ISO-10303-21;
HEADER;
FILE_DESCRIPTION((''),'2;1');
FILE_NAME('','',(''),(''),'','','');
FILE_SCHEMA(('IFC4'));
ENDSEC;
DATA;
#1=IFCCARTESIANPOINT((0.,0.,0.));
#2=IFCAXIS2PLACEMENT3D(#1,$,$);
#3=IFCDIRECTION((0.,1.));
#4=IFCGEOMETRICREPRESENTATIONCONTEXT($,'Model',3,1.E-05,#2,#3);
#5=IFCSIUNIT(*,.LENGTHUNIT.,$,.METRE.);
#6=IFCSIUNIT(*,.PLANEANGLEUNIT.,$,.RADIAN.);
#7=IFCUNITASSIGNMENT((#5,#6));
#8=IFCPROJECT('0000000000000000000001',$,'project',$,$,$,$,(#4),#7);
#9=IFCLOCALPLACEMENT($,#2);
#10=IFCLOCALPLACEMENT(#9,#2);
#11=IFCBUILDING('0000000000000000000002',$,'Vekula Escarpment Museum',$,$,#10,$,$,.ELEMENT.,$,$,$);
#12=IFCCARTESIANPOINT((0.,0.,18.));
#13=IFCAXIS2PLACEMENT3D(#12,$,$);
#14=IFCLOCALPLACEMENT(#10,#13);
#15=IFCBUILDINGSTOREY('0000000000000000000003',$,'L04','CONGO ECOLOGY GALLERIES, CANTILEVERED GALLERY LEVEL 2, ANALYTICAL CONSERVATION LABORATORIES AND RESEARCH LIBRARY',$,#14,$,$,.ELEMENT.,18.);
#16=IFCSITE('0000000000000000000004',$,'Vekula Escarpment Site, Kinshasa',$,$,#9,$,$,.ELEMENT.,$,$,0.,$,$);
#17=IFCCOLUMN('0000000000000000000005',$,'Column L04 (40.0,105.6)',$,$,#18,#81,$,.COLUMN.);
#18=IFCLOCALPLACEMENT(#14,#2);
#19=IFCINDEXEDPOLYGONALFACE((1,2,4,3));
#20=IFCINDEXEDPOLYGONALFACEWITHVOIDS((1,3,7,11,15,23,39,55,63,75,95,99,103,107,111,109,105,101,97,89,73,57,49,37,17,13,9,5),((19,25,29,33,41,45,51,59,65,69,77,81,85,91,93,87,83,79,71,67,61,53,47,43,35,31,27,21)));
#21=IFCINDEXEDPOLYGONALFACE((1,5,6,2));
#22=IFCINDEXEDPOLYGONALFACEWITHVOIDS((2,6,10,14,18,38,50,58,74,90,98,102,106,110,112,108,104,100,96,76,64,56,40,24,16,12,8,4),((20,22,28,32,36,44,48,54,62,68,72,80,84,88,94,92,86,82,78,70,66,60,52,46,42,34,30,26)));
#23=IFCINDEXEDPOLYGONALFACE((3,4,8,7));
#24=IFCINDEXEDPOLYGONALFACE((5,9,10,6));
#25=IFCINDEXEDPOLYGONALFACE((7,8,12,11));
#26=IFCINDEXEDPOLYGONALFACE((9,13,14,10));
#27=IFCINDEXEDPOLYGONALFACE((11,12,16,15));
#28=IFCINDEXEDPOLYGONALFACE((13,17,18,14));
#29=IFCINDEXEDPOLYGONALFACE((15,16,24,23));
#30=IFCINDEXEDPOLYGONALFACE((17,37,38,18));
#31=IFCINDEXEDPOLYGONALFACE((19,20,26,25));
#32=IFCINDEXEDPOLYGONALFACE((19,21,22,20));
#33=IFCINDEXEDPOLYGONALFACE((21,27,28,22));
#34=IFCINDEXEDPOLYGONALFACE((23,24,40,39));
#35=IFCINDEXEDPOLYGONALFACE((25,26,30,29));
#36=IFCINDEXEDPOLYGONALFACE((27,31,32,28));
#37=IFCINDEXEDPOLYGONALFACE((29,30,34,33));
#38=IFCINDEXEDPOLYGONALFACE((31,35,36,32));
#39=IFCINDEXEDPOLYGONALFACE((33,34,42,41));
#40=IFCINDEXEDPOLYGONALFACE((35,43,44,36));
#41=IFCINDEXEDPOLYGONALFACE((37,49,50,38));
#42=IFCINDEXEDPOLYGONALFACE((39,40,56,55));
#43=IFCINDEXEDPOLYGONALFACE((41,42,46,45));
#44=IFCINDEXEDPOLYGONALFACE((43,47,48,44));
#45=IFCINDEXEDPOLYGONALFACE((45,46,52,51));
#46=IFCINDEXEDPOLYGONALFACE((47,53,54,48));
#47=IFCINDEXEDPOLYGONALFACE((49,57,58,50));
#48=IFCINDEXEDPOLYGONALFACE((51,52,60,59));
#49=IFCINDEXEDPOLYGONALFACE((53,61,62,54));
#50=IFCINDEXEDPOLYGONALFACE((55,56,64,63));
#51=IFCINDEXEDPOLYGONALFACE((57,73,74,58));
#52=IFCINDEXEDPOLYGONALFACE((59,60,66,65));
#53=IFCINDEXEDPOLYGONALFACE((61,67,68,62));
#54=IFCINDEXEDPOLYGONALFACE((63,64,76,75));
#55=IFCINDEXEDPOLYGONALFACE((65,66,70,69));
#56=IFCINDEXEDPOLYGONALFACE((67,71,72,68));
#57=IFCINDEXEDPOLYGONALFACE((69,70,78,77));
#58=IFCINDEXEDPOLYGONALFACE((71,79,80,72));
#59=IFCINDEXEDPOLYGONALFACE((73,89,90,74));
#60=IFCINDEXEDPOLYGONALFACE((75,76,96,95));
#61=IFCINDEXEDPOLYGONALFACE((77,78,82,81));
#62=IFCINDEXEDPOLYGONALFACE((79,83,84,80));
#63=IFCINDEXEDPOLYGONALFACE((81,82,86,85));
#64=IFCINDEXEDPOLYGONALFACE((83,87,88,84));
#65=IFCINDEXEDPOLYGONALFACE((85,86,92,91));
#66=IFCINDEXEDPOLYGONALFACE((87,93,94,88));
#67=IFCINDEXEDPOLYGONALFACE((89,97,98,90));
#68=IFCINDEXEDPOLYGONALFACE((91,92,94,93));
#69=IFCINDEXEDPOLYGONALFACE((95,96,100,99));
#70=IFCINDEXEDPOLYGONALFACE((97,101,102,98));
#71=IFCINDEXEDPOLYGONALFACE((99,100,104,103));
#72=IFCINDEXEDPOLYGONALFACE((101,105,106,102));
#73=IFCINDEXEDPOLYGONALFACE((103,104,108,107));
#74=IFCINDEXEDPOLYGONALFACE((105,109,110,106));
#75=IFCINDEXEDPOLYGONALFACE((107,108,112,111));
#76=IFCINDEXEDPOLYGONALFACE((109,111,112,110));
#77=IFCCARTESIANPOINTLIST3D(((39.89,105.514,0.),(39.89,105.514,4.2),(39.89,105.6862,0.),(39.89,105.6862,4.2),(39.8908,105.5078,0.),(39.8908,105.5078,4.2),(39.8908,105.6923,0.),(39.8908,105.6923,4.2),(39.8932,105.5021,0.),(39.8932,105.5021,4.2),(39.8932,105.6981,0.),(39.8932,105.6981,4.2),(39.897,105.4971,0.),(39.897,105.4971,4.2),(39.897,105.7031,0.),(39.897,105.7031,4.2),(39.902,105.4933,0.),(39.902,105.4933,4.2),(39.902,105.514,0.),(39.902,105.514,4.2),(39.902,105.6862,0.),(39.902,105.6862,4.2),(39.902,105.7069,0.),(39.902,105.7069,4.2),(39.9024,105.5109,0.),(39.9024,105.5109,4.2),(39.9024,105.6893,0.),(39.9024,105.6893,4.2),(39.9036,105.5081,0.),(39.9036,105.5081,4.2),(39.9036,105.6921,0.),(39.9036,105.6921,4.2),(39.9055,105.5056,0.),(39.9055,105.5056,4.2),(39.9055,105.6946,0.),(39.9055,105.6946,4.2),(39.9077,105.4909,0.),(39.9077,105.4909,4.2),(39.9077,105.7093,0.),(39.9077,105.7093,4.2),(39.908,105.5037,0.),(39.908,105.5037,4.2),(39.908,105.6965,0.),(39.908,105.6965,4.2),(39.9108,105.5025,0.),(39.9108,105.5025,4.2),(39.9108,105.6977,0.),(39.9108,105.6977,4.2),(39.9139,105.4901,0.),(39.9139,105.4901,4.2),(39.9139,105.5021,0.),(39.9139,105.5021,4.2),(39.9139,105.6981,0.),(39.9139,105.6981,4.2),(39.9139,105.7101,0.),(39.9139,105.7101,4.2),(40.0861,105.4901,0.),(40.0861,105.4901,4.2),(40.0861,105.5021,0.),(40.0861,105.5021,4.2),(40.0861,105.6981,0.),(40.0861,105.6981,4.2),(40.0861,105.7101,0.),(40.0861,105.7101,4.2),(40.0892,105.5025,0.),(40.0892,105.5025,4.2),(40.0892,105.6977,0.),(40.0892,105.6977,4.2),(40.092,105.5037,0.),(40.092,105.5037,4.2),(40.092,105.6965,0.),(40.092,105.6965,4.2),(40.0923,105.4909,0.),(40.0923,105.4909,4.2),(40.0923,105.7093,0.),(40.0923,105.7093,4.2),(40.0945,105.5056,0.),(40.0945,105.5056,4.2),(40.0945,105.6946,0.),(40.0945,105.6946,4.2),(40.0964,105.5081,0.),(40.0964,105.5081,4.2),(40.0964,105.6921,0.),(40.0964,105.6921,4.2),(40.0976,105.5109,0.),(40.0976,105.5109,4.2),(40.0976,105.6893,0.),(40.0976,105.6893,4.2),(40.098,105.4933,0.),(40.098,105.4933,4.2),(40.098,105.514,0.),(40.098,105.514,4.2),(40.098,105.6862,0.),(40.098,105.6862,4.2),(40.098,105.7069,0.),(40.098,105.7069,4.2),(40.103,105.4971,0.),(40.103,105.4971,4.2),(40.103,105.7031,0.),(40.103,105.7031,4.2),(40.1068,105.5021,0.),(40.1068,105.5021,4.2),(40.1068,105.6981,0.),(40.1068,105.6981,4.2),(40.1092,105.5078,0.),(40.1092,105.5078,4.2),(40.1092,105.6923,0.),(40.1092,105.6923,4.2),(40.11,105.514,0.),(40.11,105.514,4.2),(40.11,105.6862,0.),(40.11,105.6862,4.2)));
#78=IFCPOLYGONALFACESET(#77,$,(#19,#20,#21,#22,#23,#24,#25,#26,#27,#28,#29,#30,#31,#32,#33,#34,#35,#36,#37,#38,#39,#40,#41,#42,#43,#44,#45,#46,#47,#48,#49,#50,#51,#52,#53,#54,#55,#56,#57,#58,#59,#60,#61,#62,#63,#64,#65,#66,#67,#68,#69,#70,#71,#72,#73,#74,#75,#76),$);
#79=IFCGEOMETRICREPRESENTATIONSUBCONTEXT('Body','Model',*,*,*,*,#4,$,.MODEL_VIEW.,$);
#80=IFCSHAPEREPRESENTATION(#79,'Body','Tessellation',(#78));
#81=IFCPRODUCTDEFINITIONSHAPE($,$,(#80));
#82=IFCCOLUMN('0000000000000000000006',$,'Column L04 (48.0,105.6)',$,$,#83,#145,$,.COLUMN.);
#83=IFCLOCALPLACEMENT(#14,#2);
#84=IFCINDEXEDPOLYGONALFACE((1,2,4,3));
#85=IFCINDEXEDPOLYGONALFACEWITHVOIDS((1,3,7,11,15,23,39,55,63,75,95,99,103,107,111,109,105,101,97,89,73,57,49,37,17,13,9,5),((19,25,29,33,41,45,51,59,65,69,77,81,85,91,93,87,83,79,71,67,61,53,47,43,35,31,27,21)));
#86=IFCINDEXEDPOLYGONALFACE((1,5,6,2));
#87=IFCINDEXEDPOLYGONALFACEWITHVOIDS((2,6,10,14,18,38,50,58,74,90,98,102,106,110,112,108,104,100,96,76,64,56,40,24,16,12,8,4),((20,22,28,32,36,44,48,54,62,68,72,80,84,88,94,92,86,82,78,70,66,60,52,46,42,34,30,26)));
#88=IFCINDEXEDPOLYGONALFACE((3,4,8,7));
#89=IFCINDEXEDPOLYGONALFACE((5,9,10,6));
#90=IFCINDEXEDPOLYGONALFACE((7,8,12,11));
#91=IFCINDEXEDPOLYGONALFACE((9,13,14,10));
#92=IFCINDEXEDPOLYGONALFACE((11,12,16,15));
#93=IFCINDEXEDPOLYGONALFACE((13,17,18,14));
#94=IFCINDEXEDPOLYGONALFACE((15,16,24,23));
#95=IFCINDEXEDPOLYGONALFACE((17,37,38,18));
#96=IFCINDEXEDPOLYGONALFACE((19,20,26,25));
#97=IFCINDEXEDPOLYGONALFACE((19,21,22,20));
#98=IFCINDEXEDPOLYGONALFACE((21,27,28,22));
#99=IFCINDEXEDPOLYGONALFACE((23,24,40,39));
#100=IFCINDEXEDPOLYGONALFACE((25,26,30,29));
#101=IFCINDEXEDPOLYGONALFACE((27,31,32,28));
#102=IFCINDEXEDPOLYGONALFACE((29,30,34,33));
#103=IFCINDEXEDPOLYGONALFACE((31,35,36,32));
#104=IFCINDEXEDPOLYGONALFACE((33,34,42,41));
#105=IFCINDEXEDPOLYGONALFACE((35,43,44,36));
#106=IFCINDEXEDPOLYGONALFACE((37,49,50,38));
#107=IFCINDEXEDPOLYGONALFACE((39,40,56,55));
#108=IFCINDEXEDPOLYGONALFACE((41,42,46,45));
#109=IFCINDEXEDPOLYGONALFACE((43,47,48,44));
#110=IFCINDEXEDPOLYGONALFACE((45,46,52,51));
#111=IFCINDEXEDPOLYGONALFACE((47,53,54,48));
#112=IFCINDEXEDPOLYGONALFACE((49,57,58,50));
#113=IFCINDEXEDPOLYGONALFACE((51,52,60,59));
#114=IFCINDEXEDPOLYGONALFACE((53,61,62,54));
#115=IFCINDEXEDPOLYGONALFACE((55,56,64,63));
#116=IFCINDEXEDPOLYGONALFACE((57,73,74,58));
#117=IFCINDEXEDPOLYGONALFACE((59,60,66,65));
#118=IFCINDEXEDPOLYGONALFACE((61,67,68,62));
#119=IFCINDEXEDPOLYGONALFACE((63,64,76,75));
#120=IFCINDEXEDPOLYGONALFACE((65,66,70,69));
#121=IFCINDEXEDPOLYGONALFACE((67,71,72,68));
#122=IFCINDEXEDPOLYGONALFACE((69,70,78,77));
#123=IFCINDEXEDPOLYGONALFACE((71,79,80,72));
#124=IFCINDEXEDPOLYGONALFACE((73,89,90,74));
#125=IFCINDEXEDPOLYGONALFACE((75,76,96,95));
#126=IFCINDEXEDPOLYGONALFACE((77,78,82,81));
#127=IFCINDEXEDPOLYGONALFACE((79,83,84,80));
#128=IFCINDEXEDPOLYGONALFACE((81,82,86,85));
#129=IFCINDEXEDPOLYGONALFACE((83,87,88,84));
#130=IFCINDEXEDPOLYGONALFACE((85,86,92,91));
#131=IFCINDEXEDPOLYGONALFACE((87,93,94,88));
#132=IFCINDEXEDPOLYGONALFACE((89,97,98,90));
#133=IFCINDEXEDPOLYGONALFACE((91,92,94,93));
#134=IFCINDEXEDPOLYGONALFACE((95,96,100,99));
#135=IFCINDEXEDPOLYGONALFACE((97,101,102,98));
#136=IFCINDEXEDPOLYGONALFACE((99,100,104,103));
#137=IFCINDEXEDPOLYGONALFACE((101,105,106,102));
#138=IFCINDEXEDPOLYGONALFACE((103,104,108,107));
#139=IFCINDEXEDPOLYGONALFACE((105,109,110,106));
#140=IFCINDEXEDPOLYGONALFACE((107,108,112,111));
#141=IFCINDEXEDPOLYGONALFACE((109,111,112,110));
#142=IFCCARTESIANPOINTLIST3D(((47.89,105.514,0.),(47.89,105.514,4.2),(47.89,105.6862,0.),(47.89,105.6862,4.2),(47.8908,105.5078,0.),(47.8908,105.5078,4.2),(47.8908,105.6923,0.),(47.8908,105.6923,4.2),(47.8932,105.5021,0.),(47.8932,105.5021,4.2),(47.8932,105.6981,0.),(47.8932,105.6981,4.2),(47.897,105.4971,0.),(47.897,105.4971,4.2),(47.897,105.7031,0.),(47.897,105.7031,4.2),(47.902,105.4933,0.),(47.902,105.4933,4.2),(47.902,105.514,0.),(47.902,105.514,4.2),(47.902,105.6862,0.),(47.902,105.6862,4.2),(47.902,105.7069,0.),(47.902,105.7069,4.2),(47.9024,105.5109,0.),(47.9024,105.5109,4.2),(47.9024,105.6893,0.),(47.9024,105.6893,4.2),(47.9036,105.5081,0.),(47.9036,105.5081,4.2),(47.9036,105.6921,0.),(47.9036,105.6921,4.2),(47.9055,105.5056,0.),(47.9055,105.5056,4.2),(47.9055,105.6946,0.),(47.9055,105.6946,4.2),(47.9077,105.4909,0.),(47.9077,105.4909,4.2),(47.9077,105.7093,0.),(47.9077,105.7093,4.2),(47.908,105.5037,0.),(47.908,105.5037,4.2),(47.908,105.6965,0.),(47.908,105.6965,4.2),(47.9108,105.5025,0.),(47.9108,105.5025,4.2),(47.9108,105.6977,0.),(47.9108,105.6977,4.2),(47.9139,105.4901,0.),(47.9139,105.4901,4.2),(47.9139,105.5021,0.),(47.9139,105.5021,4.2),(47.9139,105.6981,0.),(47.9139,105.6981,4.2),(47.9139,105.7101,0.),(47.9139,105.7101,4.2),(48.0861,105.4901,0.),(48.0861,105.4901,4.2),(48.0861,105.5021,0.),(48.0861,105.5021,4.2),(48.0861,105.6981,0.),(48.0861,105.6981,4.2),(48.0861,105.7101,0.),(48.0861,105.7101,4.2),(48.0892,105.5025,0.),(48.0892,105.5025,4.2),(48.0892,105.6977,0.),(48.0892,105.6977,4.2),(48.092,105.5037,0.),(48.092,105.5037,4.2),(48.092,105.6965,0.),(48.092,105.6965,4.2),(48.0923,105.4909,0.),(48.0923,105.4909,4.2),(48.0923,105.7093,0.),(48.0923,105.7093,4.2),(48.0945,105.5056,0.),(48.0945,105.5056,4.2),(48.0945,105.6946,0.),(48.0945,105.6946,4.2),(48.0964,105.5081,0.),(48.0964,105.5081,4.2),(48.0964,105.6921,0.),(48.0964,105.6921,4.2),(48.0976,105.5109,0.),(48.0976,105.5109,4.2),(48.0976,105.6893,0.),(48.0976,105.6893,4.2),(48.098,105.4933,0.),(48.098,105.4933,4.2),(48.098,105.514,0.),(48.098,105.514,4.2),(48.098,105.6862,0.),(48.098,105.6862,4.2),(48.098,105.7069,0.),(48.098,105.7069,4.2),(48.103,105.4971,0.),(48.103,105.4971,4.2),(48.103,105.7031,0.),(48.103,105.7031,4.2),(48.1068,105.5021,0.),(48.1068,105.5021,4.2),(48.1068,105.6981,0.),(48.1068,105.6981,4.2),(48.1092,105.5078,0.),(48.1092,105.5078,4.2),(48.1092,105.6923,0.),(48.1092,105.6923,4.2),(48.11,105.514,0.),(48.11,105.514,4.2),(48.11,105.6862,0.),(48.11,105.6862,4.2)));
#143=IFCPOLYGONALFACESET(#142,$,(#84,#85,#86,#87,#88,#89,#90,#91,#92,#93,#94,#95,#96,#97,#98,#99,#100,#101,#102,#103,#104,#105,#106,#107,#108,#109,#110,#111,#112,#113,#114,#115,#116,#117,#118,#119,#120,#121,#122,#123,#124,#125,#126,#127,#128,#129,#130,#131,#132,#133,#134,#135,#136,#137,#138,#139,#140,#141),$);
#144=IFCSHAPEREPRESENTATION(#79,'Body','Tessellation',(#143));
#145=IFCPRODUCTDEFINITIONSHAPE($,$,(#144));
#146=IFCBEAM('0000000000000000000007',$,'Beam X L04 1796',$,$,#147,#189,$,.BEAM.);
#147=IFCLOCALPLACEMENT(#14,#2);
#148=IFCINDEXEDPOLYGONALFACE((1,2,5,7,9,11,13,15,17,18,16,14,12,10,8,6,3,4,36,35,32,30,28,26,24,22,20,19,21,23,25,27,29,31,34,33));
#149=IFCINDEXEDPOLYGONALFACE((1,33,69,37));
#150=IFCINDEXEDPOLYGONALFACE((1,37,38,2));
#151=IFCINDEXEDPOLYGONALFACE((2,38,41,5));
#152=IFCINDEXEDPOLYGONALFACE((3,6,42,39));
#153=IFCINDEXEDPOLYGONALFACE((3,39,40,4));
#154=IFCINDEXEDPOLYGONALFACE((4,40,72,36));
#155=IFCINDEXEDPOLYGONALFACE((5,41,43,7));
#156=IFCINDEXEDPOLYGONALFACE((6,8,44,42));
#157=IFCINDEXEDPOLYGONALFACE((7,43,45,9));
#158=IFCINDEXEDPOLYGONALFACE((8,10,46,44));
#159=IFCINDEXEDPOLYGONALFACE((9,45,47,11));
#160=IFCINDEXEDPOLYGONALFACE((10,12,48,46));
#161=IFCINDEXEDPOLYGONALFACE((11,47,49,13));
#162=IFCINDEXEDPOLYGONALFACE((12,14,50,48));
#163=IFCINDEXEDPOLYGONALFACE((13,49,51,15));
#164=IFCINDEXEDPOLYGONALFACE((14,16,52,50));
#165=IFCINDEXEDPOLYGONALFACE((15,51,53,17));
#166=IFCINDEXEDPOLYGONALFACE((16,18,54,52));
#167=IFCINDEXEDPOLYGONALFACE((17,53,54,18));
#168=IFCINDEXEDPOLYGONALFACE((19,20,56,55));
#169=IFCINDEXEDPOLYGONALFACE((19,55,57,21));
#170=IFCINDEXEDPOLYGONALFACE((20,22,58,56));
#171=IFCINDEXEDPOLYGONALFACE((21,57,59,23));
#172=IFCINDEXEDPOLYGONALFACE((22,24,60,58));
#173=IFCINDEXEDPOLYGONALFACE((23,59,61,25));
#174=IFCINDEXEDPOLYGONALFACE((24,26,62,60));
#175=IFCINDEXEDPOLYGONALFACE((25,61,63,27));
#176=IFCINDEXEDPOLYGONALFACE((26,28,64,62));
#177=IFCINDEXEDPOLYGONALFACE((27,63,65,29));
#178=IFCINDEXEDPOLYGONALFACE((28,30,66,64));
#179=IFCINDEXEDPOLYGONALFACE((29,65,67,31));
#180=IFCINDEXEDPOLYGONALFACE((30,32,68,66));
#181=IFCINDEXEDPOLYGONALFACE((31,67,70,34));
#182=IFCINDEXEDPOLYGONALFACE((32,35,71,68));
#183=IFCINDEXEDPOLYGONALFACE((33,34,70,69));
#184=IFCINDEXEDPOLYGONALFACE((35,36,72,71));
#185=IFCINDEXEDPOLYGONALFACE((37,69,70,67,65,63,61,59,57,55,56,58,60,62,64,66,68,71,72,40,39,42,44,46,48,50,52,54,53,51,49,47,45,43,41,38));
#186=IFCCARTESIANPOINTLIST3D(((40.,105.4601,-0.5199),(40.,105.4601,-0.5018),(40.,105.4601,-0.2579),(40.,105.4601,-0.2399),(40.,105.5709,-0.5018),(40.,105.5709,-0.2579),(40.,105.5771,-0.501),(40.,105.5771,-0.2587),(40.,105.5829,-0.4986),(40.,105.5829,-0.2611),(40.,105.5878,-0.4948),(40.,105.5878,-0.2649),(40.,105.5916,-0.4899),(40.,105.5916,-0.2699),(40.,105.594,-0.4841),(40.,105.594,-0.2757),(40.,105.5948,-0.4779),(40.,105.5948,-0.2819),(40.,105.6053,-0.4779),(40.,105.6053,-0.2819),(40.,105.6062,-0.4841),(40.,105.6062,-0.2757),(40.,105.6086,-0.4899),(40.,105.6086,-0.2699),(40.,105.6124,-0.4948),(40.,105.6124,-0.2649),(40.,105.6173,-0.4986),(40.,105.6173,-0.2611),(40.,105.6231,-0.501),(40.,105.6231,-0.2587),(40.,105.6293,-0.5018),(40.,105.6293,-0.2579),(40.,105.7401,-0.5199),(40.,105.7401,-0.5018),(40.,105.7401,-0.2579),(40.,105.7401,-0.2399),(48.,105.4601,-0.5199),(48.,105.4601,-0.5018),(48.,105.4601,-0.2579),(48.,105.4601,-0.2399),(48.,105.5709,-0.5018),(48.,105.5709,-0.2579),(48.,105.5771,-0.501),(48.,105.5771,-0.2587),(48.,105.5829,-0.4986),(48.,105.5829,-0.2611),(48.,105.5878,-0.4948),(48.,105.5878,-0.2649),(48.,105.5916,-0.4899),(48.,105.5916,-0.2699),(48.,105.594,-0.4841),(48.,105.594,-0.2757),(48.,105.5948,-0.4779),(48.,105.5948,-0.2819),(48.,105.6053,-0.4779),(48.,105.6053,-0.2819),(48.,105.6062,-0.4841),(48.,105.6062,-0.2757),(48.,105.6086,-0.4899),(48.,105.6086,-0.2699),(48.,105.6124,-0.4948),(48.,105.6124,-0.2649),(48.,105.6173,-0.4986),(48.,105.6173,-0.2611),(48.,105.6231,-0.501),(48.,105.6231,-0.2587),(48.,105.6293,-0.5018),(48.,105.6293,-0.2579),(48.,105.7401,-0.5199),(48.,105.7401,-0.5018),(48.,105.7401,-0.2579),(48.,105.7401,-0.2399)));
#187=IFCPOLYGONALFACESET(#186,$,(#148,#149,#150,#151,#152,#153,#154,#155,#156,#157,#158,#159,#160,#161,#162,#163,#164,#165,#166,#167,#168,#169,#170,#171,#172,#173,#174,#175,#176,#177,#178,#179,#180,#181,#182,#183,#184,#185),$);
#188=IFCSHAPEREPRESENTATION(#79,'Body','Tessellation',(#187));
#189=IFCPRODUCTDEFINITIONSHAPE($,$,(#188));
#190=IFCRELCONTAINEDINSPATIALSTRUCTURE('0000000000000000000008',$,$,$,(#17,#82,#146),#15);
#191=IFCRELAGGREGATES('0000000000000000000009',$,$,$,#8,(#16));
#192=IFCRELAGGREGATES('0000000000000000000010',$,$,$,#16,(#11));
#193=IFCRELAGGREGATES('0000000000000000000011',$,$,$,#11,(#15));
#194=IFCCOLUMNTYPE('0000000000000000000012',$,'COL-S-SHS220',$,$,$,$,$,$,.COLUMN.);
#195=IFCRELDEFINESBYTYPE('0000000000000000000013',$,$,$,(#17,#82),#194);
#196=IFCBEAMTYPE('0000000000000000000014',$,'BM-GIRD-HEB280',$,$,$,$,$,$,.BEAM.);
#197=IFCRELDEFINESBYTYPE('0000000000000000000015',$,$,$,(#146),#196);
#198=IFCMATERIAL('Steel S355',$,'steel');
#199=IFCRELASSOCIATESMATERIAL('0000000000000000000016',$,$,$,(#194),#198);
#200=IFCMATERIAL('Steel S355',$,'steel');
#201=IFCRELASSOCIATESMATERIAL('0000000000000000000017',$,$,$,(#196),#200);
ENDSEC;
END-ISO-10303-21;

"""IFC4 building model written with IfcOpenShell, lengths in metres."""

from ifc_helpers import new_model, si_unit, direction, frame, origin, origin_2d, place, context, subcontext, project, spatial, hollow_rectangle, i_section, extrude, material, material_profile, profile_set, type_object, element, save


model = new_model("IFC4")

# Units and contexts
model_context = context("Model", 3, precision=1e-05, world=origin(), true_north=direction((0.0, 1.0)))
body_context = subcontext(model_context, "Body", "Model", "MODEL_VIEW")
ifc_project = project(units=[si_unit("LENGTHUNIT", "METRE"), si_unit("PLANEANGLEUNIT", "RADIAN")], contexts=[model_context])

# Site, building, storey
site_placement = place(None, origin())
site = spatial("IfcSite", under=ifc_project, at=site_placement, Name="Vekula Escarpment Site, Kinshasa", CompositionType="ELEMENT", RefElevation=0.0)
building_placement = place(site_placement, origin())
building = spatial("IfcBuilding", under=site, at=building_placement, Name="Vekula Escarpment Museum", CompositionType="ELEMENT")
storey_placement = place(building_placement, frame((0.0, 0.0, 18.0)))
storey = spatial("IfcBuildingStorey", under=building, at=storey_placement, Name="L04", Description="CONGO ECOLOGY GALLERIES, CANTILEVERED GALLERY LEVEL 2, ANALYTICAL CONSERVATION LABORATORIES AND RESEARCH LIBRARY", CompositionType="ELEMENT", Elevation=18.0)

# Columns
ifc_material_1 = material(Name="Steel S355", Category="steel")
ifc_material_profile_1 = material_profile(ifc_material_1, hollow_rectangle(XDim=0.22, YDim=0.22, WallThickness=0.012, InnerFilletRadius=0.012, OuterFilletRadius=0.0239, at=origin_2d()), Name="SHS 220x220x12")
ifc_profile_set_1 = profile_set([ifc_material_profile_1], Name="Steel S355")
column_type = type_object("IfcColumnType", Name="COL-S-SHS220", PredefinedType="COLUMN", material=ifc_profile_set_1)
for number, where, z_axis, x_axis, name in (
    (1, (40.0, 105.6001, 0.0), (0.0, 0.0, 1.0), (1.0, 0.0, 0.0), "Column L04 (40.0,105.6)"),
    (2, (48.0, 105.6001, 0.0), (0.0, 0.0, 1.0), (1.0, 0.0, 0.0), "Column L04 (48.0,105.6)"),
):
    element("IfcColumn", number, at=place(storey_placement, frame(where, z_axis=z_axis, x_axis=x_axis)), inside=storey, type_object=column_type, Name=name, PredefinedType="COLUMN", context=body_context, shape_type="SweptSolid", body=[
        extrude(hollow_rectangle(XDim=0.22, YDim=0.22, WallThickness=0.012, InnerFilletRadius=0.012, OuterFilletRadius=0.0239, at=origin_2d()), origin(), (0.0, 0.0, 1.0), 4.2),
    ])

# Beam
ifc_material_2 = material(Name="Steel S355", Category="steel")
ifc_material_profile_2 = material_profile(ifc_material_2, i_section(OverallWidth=0.28, OverallDepth=0.28, WebThickness=0.0105, FlangeThickness=0.0181, FilletRadius=0.0239, at=origin_2d()), Name="HEB 280")
ifc_profile_set_2 = profile_set([ifc_material_profile_2], Name="Steel S355")
beam_type_1 = type_object("IfcBeamType", Name="BM-GIRD-HEB280", PredefinedType="BEAM", material=ifc_profile_set_2)
beam_placement = place(storey_placement, frame((40.0, 105.6001, -0.3799), z_axis=(1.0, 0.0, 0.0), x_axis=(0.0, 1.0, 0.0)))
element("IfcBeam", 3, at=beam_placement, inside=storey, type_object=beam_type_1, Name="Beam X L04 1796", PredefinedType="BEAM", context=body_context, shape_type="SweptSolid", body=[
    extrude(i_section(OverallWidth=0.28, OverallDepth=0.28, WebThickness=0.0105, FlangeThickness=0.0181, FilletRadius=0.0239, at=origin_2d()), origin(), (0.0, 0.0, 1.0), 8.0),
])

save(model, "model.ifc")
